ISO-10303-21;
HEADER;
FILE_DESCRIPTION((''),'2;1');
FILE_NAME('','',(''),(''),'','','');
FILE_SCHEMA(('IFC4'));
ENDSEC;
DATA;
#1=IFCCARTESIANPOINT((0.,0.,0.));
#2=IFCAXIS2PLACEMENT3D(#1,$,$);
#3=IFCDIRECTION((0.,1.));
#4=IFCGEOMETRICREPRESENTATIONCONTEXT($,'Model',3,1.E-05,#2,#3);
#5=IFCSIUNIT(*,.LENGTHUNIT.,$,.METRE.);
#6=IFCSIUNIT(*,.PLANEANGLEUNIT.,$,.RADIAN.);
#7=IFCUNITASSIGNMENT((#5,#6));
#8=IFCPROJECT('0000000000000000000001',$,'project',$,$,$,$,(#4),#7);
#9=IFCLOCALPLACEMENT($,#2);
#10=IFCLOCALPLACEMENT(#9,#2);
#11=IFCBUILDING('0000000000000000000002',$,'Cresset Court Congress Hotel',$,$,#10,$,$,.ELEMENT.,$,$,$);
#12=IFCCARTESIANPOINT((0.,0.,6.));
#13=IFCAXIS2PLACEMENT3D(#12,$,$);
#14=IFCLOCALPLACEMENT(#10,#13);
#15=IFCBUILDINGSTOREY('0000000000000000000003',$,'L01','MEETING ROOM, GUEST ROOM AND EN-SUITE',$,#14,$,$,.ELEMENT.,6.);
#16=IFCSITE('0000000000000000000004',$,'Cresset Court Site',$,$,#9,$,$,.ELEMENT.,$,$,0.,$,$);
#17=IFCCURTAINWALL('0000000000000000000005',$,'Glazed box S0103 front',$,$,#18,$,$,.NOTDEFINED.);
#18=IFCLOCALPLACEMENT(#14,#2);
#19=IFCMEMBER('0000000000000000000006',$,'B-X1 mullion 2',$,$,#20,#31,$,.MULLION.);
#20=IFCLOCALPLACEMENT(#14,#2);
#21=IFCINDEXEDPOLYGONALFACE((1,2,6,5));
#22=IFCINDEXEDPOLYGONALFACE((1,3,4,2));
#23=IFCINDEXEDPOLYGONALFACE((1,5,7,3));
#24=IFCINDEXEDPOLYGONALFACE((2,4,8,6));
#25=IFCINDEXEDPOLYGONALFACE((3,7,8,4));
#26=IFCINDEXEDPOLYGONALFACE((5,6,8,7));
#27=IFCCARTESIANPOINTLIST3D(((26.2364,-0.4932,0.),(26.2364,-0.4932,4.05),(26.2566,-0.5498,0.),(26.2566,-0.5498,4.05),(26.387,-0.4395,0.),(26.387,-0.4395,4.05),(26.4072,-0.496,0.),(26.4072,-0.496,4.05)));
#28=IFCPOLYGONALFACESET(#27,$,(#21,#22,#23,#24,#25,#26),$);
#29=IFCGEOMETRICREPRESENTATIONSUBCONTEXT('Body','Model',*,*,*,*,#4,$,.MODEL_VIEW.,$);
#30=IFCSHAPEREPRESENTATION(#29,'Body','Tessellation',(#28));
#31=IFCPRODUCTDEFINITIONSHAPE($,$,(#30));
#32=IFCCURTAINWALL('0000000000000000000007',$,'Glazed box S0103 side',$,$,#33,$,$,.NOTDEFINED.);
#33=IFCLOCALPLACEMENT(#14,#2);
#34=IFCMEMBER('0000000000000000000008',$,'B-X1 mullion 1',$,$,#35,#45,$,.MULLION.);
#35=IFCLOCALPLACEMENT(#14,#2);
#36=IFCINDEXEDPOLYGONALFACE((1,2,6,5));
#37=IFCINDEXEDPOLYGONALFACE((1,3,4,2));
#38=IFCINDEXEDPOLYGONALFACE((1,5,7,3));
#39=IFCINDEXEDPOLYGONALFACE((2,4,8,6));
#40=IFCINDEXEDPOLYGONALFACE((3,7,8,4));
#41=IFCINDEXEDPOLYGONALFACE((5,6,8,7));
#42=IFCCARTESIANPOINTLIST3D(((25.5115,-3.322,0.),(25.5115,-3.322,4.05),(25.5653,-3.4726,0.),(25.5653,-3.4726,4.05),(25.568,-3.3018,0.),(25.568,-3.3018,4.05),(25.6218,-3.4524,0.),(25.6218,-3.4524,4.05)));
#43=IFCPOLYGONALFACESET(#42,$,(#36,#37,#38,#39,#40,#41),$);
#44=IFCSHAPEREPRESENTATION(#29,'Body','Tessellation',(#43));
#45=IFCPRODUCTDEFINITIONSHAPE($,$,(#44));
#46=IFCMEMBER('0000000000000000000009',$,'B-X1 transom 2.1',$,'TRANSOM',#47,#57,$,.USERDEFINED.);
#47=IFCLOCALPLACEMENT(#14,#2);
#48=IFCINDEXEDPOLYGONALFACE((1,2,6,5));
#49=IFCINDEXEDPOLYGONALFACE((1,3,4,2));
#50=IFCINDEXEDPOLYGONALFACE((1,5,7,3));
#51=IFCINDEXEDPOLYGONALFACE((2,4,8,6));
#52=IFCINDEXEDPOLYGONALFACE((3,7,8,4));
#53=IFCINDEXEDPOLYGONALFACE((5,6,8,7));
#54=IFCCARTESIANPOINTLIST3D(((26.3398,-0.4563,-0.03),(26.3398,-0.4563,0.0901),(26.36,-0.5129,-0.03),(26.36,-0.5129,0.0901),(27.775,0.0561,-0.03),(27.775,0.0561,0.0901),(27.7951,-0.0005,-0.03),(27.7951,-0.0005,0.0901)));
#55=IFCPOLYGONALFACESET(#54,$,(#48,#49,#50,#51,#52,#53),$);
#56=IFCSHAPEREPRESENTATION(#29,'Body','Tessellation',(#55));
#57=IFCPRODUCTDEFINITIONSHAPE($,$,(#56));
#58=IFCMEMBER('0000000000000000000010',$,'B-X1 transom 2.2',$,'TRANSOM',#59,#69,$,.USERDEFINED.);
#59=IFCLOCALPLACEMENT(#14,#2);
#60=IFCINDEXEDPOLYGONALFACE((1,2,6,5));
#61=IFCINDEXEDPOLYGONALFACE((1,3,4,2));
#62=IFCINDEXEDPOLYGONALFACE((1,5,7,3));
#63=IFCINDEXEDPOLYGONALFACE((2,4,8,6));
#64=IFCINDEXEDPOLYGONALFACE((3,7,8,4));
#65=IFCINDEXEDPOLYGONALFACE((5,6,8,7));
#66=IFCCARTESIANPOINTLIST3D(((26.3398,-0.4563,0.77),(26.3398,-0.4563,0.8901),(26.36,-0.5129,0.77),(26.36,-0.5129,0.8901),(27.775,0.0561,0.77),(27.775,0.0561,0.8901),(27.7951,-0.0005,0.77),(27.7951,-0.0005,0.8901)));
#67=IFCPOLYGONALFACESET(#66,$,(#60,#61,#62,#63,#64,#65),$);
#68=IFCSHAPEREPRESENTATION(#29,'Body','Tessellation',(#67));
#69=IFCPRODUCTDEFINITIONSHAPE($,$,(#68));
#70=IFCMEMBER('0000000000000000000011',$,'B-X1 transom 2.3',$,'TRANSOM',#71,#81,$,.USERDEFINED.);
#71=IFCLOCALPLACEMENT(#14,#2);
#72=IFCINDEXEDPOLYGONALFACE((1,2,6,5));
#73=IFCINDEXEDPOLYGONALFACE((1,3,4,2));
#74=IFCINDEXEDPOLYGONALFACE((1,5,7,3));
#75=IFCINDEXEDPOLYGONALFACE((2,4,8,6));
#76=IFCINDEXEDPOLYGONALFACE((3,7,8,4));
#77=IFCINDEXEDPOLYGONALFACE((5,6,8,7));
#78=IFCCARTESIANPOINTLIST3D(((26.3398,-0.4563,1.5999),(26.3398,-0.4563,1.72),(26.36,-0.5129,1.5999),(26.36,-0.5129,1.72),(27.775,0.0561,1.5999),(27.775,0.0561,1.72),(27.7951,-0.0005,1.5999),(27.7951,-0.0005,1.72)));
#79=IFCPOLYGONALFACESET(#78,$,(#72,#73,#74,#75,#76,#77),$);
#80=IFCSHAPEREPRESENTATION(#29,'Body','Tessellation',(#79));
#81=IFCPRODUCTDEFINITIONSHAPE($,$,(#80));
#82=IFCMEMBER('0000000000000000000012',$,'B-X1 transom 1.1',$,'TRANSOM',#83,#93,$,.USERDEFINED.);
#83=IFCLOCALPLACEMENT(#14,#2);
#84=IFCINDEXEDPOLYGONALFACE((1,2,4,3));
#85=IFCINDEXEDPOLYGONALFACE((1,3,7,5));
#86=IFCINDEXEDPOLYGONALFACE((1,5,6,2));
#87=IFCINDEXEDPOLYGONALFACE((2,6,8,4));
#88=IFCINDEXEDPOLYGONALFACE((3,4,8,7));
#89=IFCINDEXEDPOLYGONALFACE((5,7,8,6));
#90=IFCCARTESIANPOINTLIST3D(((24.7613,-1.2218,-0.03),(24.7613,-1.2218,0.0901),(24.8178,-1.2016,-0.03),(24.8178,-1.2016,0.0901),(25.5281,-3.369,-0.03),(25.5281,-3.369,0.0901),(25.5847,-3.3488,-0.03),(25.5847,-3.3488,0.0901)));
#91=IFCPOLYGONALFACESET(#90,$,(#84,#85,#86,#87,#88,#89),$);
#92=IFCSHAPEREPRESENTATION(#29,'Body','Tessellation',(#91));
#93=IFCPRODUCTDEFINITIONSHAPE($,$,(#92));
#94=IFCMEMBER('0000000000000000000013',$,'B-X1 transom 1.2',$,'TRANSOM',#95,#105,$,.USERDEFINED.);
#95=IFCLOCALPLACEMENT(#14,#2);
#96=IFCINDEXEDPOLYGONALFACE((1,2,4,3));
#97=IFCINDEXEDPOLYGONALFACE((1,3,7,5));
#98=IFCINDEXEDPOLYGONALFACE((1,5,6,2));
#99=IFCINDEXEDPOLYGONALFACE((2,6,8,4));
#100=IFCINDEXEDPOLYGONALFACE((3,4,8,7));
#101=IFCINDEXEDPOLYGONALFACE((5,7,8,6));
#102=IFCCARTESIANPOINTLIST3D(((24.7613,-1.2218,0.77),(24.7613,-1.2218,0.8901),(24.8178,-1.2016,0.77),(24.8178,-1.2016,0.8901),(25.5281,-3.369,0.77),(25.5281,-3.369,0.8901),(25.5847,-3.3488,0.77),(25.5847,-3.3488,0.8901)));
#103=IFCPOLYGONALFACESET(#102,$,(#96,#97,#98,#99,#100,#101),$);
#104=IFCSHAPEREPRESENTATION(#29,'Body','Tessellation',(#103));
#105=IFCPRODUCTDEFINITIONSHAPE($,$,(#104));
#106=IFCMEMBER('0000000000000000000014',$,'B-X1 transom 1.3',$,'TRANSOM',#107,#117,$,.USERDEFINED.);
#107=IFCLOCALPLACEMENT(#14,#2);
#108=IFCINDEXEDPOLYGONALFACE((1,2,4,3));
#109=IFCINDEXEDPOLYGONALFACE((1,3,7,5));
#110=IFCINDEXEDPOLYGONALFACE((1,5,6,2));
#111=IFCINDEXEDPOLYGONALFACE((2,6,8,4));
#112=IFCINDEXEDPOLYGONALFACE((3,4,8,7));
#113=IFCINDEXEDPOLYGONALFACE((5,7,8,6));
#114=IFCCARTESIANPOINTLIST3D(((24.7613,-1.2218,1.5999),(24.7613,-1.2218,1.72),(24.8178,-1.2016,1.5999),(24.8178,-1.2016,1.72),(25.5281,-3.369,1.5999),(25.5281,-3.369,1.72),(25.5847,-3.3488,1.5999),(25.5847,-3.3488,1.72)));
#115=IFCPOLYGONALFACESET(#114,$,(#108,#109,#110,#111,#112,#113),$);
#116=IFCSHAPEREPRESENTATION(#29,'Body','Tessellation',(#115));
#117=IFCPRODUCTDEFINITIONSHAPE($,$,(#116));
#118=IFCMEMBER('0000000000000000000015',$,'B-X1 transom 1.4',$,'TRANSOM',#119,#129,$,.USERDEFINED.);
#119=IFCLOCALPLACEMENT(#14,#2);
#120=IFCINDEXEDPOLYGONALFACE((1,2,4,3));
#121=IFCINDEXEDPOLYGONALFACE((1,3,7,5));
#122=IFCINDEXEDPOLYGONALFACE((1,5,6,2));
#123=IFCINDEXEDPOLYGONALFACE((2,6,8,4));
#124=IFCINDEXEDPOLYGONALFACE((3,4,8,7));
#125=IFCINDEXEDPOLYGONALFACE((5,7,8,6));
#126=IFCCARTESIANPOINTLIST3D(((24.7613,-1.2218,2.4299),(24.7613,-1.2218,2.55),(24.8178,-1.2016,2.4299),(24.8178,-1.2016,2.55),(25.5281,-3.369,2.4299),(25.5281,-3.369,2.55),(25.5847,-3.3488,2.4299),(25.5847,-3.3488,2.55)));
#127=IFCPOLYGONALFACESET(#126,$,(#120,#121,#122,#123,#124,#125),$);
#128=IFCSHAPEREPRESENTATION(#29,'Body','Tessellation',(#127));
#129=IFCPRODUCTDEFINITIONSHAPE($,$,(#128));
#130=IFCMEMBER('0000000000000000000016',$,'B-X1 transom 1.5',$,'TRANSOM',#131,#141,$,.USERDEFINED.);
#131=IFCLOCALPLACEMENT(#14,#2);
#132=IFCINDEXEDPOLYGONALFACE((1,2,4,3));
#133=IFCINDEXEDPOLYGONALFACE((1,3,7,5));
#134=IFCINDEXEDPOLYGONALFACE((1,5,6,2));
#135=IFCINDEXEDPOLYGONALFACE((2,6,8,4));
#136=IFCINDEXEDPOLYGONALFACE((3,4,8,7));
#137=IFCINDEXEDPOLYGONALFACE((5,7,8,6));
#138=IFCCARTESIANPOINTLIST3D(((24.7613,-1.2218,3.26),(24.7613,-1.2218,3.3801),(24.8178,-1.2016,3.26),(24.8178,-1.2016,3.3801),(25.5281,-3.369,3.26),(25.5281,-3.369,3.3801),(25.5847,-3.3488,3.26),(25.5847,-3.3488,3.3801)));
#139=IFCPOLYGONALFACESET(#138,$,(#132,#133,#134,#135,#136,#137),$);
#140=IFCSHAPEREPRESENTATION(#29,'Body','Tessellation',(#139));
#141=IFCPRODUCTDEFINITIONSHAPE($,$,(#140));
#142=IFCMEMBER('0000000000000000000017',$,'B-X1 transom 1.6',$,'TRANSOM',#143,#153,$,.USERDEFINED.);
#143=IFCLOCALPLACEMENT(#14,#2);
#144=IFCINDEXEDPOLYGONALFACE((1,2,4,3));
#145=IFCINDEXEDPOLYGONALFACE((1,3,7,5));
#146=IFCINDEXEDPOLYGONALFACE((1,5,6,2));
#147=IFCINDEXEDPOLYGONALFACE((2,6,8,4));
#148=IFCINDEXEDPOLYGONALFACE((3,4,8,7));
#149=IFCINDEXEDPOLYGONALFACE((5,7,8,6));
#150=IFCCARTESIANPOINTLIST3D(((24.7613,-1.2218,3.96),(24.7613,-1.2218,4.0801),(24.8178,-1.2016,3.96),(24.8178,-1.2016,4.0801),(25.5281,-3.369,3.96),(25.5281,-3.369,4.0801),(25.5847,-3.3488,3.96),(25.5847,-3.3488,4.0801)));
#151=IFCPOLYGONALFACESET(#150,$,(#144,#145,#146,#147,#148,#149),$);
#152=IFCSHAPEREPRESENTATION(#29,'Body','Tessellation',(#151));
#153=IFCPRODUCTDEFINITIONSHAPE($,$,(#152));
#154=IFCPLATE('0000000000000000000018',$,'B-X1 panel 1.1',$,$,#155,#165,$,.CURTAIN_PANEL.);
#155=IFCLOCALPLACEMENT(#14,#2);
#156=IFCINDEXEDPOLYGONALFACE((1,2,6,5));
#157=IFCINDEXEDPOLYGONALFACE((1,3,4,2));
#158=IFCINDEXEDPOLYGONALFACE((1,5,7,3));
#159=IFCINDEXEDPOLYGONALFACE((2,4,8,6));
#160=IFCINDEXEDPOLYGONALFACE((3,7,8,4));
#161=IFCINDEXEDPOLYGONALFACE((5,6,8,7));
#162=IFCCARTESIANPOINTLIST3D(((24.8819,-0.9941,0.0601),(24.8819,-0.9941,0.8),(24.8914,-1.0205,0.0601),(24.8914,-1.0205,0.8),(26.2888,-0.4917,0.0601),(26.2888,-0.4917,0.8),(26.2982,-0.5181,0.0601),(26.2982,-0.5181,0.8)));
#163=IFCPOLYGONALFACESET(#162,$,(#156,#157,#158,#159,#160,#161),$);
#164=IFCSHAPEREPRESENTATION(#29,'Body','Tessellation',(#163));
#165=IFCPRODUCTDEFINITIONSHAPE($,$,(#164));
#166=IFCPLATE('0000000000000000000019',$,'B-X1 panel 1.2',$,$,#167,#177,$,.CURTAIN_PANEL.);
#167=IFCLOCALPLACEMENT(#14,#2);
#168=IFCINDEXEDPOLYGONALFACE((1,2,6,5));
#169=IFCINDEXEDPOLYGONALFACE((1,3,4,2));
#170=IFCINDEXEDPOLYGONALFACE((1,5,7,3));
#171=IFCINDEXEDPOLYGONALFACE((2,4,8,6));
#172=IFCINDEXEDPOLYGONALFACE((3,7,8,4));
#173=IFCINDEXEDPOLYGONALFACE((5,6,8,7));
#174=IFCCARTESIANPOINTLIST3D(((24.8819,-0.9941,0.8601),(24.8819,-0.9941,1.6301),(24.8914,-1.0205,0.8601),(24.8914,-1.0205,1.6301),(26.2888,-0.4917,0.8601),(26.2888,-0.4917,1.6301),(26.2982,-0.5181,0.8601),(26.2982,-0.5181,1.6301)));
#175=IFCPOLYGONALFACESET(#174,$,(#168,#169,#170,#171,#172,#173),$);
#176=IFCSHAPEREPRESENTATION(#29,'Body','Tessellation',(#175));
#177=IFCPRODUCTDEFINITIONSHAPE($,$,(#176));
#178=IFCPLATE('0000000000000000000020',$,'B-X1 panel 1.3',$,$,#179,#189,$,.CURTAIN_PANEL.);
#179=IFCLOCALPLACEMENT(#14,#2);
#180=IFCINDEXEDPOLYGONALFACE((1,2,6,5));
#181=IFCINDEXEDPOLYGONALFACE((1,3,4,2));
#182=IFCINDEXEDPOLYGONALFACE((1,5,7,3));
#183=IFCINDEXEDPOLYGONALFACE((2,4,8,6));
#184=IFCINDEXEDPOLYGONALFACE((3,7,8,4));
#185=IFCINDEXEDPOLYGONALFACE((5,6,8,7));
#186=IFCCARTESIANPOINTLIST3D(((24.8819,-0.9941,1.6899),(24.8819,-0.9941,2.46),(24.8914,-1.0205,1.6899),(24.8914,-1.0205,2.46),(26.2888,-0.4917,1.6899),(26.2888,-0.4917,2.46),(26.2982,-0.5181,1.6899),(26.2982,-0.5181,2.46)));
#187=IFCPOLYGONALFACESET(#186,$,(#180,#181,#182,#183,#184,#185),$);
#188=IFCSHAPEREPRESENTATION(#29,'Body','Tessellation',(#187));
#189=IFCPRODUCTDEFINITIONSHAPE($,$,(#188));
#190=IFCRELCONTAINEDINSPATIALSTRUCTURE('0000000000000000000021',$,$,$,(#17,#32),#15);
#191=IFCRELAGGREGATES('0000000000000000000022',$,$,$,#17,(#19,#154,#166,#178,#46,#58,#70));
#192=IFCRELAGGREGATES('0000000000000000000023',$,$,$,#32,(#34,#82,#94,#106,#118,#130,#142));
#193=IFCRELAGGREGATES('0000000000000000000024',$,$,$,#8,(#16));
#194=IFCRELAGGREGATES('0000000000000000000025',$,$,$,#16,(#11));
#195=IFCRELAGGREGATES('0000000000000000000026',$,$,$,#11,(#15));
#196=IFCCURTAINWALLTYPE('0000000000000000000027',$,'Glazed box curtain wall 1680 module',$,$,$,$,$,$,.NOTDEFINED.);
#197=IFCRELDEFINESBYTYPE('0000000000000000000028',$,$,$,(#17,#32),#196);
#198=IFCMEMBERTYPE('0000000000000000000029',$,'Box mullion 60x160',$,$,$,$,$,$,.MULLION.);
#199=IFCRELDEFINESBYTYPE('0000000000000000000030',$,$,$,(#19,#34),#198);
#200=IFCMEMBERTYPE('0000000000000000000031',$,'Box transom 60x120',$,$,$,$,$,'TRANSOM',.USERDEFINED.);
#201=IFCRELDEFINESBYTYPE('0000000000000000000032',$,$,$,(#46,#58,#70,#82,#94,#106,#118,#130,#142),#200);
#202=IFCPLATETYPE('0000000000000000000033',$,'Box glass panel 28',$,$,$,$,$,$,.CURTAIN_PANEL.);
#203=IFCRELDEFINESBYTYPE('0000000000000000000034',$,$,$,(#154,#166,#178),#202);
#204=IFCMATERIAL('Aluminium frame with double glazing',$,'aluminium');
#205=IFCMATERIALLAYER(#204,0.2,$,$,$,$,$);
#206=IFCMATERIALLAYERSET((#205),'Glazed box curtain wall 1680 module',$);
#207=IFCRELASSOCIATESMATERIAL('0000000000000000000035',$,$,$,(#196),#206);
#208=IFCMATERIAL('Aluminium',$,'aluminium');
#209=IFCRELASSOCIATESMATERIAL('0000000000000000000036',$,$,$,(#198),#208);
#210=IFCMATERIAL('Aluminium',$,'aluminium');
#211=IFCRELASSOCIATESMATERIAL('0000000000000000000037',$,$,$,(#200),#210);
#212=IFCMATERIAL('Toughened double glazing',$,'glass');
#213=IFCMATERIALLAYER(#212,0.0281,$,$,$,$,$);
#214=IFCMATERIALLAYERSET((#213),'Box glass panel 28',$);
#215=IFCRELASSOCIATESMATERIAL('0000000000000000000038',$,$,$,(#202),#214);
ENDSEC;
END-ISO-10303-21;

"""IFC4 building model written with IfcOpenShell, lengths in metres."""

from ifc_helpers import new_model, si_unit, direction, frame, origin, origin_2d, place, context, subcontext, project, spatial, rectangle, extrude, material, layer, layer_set, material_profile, profile_set, type_object, element, aggregate, save


model = new_model("IFC4")

# Units and contexts
model_context = context("Model", 3, precision=1e-05, world=origin(), true_north=direction((0.0, 1.0)))
body_context = subcontext(model_context, "Body", "Model", "MODEL_VIEW")
ifc_project = project(units=[si_unit("LENGTHUNIT", "METRE"), si_unit("PLANEANGLEUNIT", "RADIAN")], contexts=[model_context])

# Site, building, storey
site_placement = place(None, origin())
site = spatial("IfcSite", under=ifc_project, at=site_placement, Name="Cresset Court Site", CompositionType="ELEMENT", RefElevation=0.0)
building_placement = place(site_placement, origin())
building = spatial("IfcBuilding", under=site, at=building_placement, Name="Cresset Court Congress Hotel", CompositionType="ELEMENT")
storey_placement = place(building_placement, frame((0.0, 0.0, 6.0)))
storey = spatial("IfcBuildingStorey", under=building, at=storey_placement, Name="L01", Description="MEETING ROOM, GUEST ROOM AND EN-SUITE", CompositionType="ELEMENT", Elevation=6.0)

# Curtain walls, members
ifc_material_1 = material(Name="Aluminium frame with double glazing", Category="aluminium")
ifc_layer_1 = layer(ifc_material_1, 0.2)
ifc_layer_set_1 = layer_set([ifc_layer_1], Name="Glazed box curtain wall 1680 module")
curtain_wall_type = type_object("IfcCurtainWallType", Name="Glazed box curtain wall 1680 module", PredefinedType="NOTDEFINED", material=ifc_layer_set_1)
curtain_wall_1_placement = place(storey_placement, origin())
curtain_wall_1 = element("IfcCurtainWall", 1, at=curtain_wall_1_placement, inside=storey, type_object=curtain_wall_type, Name="Glazed box S0103 front", PredefinedType="NOTDEFINED")
ifc_material_2 = material(Name="Aluminium", Category="aluminium")
ifc_material_profile_1 = material_profile(ifc_material_2, rectangle(XDim=0.0601, YDim=0.1599, at=origin_2d()), Name="Box mullion 60x160")
ifc_profile_set_1 = profile_set([ifc_material_profile_1], Name="Aluminium")
member_type_1 = type_object("IfcMemberType", Name="Box mullion 60x160", PredefinedType="MULLION", material=ifc_profile_set_1)
member_1_placement = place(storey_placement, frame((26.3218, -0.4946, 0.0), z_axis=(0.0, 0.0, 1.0), x_axis=(-0.336336, 0.941742, 0.0)))
member_1 = element("IfcMember", 2, at=member_1_placement, type_object=member_type_1, Name="B-X1 mullion 2", PredefinedType="MULLION", context=body_context, shape_type="SweptSolid", body=[
    extrude(rectangle(XDim=0.0601, YDim=0.1599, at=origin_2d()), origin(), (0.0, 0.0, 1.0), 4.05),
])
curtain_wall_2_placement = place(storey_placement, origin())
curtain_wall_2 = element("IfcCurtainWall", 3, at=curtain_wall_2_placement, inside=storey, type_object=curtain_wall_type, Name="Glazed box S0103 side", PredefinedType="NOTDEFINED")
member_2_placement = place(storey_placement, frame((25.5667, -3.3872, 0.0), z_axis=(0.0, 0.0, 1.0), x_axis=(-0.941742, -0.336336, 0.0)))
member_2 = element("IfcMember", 4, at=member_2_placement, type_object=member_type_1, Name="B-X1 mullion 1", PredefinedType="MULLION", context=body_context, shape_type="SweptSolid", body=[
    extrude(rectangle(XDim=0.0601, YDim=0.1599, at=origin_2d()), origin(), (0.0, 0.0, 1.0), 4.05),
])

# Members
ifc_material_3 = material(Name="Aluminium", Category="aluminium")
ifc_material_profile_2 = material_profile(ifc_material_3, rectangle(XDim=0.0601, YDim=0.1201, at=origin_2d()), Name="Box transom 60x120")
ifc_profile_set_2 = profile_set([ifc_material_profile_2], Name="Aluminium")
member_type_2 = type_object("IfcMemberType", Name="Box transom 60x120", ElementType="TRANSOM", PredefinedType="USERDEFINED", material=ifc_profile_set_2)
member_3_placement = place(storey_placement, frame((26.3499, -0.4846, 0.03), z_axis=(0.941775, 0.336245, 0.0), x_axis=(-0.336245, 0.941775, 0.0)))
member_3 = element("IfcMember", 5, at=member_3_placement, type_object=member_type_2, Name="B-X1 transom 2.1", ObjectType="TRANSOM", PredefinedType="USERDEFINED", context=body_context, shape_type="SweptSolid", body=[
    extrude(rectangle(XDim=0.0601, YDim=0.1201, at=origin_2d()), origin(), (0.0, 0.0, 1.0), 1.5239),
])
member_4_placement = place(storey_placement, frame((26.3499, -0.4846, 0.8301), z_axis=(0.941775, 0.336245, 0.0), x_axis=(-0.336245, 0.941775, 0.0)))
member_4 = element("IfcMember", 6, at=member_4_placement, type_object=member_type_2, Name="B-X1 transom 2.2", ObjectType="TRANSOM", PredefinedType="USERDEFINED", context=body_context, shape_type="SweptSolid", body=[
    extrude(rectangle(XDim=0.0601, YDim=0.1201, at=origin_2d()), origin(), (0.0, 0.0, 1.0), 1.5239),
])
member_5_placement = place(storey_placement, frame((26.3499, -0.4846, 1.6599), z_axis=(0.941775, 0.336245, 0.0), x_axis=(-0.336245, 0.941775, 0.0)))
member_5 = element("IfcMember", 7, at=member_5_placement, type_object=member_type_2, Name="B-X1 transom 2.3", ObjectType="TRANSOM", PredefinedType="USERDEFINED", context=body_context, shape_type="SweptSolid", body=[
    extrude(rectangle(XDim=0.0601, YDim=0.1201, at=origin_2d()), origin(), (0.0, 0.0, 1.0), 1.5239),
])
member_6_placement = place(storey_placement, frame((25.5564, -3.3589, 0.03), z_axis=(-0.33633, 0.941744, 0.0), x_axis=(-0.941744, -0.33633, 0.0)))
member_6 = element("IfcMember", 8, at=member_6_placement, type_object=member_type_2, Name="B-X1 transom 1.1", ObjectType="TRANSOM", PredefinedType="USERDEFINED", context=body_context, shape_type="SweptSolid", body=[
    extrude(rectangle(XDim=0.0601, YDim=0.1201, at=origin_2d()), origin(), (0.0, 0.0, 1.0), 2.28),
])
member_7_placement = place(storey_placement, frame((25.5564, -3.3589, 0.8301), z_axis=(-0.33633, 0.941744, 0.0), x_axis=(-0.941744, -0.33633, 0.0)))
member_7 = element("IfcMember", 9, at=member_7_placement, type_object=member_type_2, Name="B-X1 transom 1.2", ObjectType="TRANSOM", PredefinedType="USERDEFINED", context=body_context, shape_type="SweptSolid", body=[
    extrude(rectangle(XDim=0.0601, YDim=0.1201, at=origin_2d()), origin(), (0.0, 0.0, 1.0), 2.28),
])
member_8_placement = place(storey_placement, frame((25.5564, -3.3589, 1.6599), z_axis=(-0.33633, 0.941744, 0.0), x_axis=(-0.941744, -0.33633, 0.0)))
member_8 = element("IfcMember", 10, at=member_8_placement, type_object=member_type_2, Name="B-X1 transom 1.3", ObjectType="TRANSOM", PredefinedType="USERDEFINED", context=body_context, shape_type="SweptSolid", body=[
    extrude(rectangle(XDim=0.0601, YDim=0.1201, at=origin_2d()), origin(), (0.0, 0.0, 1.0), 2.28),
])
member_9_placement = place(storey_placement, frame((25.5564, -3.3589, 2.49), z_axis=(-0.33633, 0.941744, 0.0), x_axis=(-0.941744, -0.33633, 0.0)))
member_9 = element("IfcMember", 11, at=member_9_placement, type_object=member_type_2, Name="B-X1 transom 1.4", ObjectType="TRANSOM", PredefinedType="USERDEFINED", context=body_context, shape_type="SweptSolid", body=[
    extrude(rectangle(XDim=0.0601, YDim=0.1201, at=origin_2d()), origin(), (0.0, 0.0, 1.0), 2.28),
])
member_10_placement = place(storey_placement, frame((25.5564, -3.3589, 3.3201), z_axis=(-0.33633, 0.941744, 0.0), x_axis=(-0.941744, -0.33633, 0.0)))
member_10 = element("IfcMember", 12, at=member_10_placement, type_object=member_type_2, Name="B-X1 transom 1.5", ObjectType="TRANSOM", PredefinedType="USERDEFINED", context=body_context, shape_type="SweptSolid", body=[
    extrude(rectangle(XDim=0.0601, YDim=0.1201, at=origin_2d()), origin(), (0.0, 0.0, 1.0), 2.28),
])
member_11_placement = place(storey_placement, frame((25.5564, -3.3589, 4.02), z_axis=(-0.33633, 0.941744, 0.0), x_axis=(-0.941744, -0.33633, 0.0)))
member_11 = element("IfcMember", 13, at=member_11_placement, type_object=member_type_2, Name="B-X1 transom 1.6", ObjectType="TRANSOM", PredefinedType="USERDEFINED", context=body_context, shape_type="SweptSolid", body=[
    extrude(rectangle(XDim=0.0601, YDim=0.1201, at=origin_2d()), origin(), (0.0, 0.0, 1.0), 2.28),
])

# Plates
ifc_material_4 = material(Name="Toughened double glazing", Category="glass")
ifc_layer_2 = layer(ifc_material_4, 0.0281)
ifc_layer_set_2 = layer_set([ifc_layer_2], Name="Box glass panel 28")
plate_type_1 = type_object("IfcPlateType", Name="Box glass panel 28", PredefinedType="CURTAIN_PANEL", material=ifc_layer_set_2)
plate_1_placement = place(storey_placement, frame((25.5901, -0.7561, 0.0601), z_axis=(0.0, 0.0, 1.0), x_axis=(0.941742, 0.336336, 0.0)))
plate_1 = element("IfcPlate", 14, at=plate_1_placement, type_object=plate_type_1, Name="B-X1 panel 1.1", PredefinedType="CURTAIN_PANEL", context=body_context, shape_type="SweptSolid", body=[
    extrude(rectangle(XDim=1.4939, YDim=0.0281, at=origin_2d()), origin(), (0.0, 0.0, 1.0), 0.74),
])
plate_2_placement = place(storey_placement, frame((25.5901, -0.7561, 0.8601), z_axis=(0.0, 0.0, 1.0), x_axis=(0.941742, 0.336336, 0.0)))
plate_2 = element("IfcPlate", 15, at=plate_2_placement, type_object=plate_type_1, Name="B-X1 panel 1.2", PredefinedType="CURTAIN_PANEL", context=body_context, shape_type="SweptSolid", body=[
    extrude(rectangle(XDim=1.4939, YDim=0.0281, at=origin_2d()), origin(), (0.0, 0.0, 1.0), 0.77),
])
plate_3_placement = place(storey_placement, frame((25.5901, -0.7561, 1.6899), z_axis=(0.0, 0.0, 1.0), x_axis=(0.941742, 0.336336, 0.0)))
plate_3 = element("IfcPlate", 16, at=plate_3_placement, type_object=plate_type_1, Name="B-X1 panel 1.3", PredefinedType="CURTAIN_PANEL", context=body_context, shape_type="SweptSolid", body=[
    extrude(rectangle(XDim=1.4939, YDim=0.0281, at=origin_2d()), origin(), (0.0, 0.0, 1.0), 0.77),
])
aggregate(curtain_wall_1, [member_1, plate_1, plate_2, plate_3, member_3, member_4, member_5])
aggregate(curtain_wall_2, [member_2, member_6, member_7, member_8, member_9, member_10, member_11])

save(model, "model.ifc")
